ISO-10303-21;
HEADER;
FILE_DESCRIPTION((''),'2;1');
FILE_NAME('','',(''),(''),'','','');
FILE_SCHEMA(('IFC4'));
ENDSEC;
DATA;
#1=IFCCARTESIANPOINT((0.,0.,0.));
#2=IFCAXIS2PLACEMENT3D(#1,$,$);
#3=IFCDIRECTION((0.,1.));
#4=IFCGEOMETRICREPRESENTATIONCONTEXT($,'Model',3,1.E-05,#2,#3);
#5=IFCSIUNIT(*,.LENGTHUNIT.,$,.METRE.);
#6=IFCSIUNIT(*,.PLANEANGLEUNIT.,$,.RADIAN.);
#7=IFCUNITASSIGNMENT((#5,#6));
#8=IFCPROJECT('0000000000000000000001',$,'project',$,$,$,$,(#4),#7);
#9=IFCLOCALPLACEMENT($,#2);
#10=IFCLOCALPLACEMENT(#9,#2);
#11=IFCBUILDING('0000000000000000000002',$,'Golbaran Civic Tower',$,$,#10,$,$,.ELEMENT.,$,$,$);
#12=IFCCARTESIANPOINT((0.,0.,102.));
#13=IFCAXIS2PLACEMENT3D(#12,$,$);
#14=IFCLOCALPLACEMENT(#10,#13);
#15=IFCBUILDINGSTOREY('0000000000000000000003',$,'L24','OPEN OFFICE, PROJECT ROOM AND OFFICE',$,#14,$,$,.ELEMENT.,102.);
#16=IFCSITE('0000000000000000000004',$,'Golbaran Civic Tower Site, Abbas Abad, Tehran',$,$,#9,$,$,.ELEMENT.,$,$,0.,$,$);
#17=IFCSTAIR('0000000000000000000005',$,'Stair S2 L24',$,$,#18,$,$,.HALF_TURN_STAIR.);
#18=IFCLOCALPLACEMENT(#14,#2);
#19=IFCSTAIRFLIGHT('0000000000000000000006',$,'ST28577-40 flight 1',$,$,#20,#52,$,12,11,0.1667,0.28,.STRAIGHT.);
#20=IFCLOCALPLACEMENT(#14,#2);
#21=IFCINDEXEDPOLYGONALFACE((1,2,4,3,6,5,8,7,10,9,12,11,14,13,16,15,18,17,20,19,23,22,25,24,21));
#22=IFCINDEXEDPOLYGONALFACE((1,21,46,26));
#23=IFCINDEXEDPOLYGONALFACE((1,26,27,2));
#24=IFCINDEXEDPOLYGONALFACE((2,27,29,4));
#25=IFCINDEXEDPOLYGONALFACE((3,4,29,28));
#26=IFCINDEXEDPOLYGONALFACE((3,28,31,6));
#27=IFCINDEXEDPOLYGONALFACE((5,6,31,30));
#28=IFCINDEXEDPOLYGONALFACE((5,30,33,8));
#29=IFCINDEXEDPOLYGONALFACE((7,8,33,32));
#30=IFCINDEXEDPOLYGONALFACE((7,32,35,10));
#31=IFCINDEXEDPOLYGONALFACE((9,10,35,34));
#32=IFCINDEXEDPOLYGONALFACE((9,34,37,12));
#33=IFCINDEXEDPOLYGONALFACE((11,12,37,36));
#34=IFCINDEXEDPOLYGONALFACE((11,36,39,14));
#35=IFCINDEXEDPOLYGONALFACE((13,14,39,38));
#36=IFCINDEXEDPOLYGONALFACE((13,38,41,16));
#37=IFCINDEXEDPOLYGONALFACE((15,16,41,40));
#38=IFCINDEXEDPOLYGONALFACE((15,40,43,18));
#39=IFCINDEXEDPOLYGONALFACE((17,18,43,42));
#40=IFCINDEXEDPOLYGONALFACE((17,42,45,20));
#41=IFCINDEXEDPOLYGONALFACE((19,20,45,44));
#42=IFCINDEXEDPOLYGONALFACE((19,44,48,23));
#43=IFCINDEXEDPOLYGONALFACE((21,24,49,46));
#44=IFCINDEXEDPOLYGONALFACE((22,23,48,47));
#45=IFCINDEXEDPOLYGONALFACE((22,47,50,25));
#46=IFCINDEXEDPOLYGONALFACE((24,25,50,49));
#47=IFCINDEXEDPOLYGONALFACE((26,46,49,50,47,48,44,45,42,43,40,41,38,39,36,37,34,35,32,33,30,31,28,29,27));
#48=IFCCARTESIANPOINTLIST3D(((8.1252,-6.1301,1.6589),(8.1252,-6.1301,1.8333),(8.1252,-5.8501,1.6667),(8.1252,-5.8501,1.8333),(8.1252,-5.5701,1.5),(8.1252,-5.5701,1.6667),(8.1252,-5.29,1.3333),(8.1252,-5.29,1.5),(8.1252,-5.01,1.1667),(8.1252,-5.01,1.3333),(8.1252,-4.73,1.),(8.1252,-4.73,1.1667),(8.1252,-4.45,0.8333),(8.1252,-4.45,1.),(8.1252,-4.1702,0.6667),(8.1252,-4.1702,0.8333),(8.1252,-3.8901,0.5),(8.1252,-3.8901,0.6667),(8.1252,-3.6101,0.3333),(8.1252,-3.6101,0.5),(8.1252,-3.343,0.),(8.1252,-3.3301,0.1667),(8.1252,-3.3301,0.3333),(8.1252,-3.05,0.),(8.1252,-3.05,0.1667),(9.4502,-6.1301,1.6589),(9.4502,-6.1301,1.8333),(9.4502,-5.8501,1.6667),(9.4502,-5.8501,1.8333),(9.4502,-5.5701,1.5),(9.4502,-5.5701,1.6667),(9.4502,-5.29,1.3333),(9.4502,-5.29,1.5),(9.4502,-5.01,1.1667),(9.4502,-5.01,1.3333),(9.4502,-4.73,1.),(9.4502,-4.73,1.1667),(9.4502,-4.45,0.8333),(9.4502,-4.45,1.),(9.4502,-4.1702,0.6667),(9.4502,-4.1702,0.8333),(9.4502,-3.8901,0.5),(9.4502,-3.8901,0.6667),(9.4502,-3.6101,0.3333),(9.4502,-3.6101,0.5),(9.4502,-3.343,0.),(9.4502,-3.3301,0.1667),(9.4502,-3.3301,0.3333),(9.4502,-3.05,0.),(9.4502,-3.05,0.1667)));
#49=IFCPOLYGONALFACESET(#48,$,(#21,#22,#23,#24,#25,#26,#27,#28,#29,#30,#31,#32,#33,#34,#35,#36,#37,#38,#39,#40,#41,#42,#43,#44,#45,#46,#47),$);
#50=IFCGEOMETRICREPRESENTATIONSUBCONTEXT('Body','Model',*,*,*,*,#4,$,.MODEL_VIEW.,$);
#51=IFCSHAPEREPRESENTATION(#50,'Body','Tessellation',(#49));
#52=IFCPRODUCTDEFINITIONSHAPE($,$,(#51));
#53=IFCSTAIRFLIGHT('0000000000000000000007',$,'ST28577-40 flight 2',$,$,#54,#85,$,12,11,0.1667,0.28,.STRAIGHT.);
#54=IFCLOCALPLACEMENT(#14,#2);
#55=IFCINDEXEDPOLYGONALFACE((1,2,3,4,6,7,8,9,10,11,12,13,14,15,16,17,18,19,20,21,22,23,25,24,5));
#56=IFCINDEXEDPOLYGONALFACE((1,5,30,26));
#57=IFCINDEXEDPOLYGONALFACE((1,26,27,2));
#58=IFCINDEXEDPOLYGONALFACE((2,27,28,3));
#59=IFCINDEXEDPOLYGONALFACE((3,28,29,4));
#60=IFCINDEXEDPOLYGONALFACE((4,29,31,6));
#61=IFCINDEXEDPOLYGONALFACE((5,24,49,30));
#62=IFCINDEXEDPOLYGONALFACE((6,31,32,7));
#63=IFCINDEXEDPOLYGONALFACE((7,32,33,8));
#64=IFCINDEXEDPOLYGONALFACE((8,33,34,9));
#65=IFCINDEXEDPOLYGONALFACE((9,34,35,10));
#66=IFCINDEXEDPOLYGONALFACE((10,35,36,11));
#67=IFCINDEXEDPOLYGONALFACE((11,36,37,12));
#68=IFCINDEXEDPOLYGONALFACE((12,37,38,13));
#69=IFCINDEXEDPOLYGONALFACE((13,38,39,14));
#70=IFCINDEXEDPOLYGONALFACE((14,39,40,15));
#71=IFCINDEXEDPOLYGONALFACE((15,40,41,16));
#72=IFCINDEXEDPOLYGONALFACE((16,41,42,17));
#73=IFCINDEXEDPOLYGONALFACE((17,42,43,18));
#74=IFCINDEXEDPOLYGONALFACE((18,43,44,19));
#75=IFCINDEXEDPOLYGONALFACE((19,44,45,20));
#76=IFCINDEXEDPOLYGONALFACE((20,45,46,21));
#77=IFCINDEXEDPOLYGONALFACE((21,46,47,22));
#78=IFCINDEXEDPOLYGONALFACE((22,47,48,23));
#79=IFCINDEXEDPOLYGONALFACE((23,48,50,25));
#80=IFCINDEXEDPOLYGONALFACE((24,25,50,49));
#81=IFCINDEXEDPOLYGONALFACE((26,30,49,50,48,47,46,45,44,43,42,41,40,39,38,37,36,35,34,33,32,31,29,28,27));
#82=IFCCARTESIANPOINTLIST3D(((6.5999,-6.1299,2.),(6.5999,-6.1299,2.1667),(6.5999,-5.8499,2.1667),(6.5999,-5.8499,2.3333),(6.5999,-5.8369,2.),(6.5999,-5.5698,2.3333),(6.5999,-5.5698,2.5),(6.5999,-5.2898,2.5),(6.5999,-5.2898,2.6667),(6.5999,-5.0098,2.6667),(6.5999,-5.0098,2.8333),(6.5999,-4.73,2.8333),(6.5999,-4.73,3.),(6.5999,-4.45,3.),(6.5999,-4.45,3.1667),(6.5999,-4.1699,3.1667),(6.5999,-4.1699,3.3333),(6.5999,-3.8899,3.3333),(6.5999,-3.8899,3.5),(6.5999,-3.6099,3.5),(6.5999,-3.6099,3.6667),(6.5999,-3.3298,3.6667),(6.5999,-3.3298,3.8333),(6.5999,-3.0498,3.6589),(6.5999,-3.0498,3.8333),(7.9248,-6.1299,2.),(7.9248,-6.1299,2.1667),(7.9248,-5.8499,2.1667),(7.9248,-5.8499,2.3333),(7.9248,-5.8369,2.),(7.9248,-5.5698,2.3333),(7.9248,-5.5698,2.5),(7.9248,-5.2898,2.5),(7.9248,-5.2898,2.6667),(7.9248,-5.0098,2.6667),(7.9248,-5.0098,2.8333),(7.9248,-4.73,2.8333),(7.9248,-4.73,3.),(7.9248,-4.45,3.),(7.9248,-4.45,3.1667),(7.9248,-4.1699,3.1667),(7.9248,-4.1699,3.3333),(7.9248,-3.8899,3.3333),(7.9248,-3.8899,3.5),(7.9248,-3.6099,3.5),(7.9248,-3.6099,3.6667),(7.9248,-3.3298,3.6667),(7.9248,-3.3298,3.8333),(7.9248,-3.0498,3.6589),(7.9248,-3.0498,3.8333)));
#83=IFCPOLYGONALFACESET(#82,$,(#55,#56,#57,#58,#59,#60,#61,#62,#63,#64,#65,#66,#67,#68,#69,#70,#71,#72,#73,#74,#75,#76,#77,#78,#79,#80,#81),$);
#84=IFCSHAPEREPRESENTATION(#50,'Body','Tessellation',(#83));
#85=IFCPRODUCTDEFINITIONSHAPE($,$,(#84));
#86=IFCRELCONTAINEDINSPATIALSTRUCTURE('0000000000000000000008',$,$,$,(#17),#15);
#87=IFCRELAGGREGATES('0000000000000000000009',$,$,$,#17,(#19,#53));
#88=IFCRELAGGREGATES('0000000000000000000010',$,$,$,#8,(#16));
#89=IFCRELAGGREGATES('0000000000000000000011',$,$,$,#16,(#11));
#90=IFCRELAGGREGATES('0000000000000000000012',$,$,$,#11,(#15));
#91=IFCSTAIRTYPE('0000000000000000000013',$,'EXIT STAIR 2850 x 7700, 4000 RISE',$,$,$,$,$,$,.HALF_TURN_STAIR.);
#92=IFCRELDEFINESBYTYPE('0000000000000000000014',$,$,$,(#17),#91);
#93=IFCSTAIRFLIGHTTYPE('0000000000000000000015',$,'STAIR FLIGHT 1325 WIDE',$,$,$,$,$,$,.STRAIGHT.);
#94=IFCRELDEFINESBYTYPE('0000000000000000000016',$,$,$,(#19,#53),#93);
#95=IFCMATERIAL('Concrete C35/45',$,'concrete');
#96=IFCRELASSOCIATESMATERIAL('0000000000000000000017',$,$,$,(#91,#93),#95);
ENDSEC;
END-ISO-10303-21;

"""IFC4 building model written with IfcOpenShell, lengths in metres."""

from ifc_helpers import new_model, si_unit, direction, frame, origin, place, context, subcontext, project, spatial, polyline, outline, extrude, material, type_object, element, aggregate, save


model = new_model("IFC4")

# Units and contexts
model_context = context("Model", 3, precision=1e-05, world=origin(), true_north=direction((0.0, 1.0)))
body_context = subcontext(model_context, "Body", "Model", "MODEL_VIEW")
ifc_project = project(units=[si_unit("LENGTHUNIT", "METRE"), si_unit("PLANEANGLEUNIT", "RADIAN")], contexts=[model_context])

# Site, building, storey
site_placement = place(None, origin())
site = spatial("IfcSite", under=ifc_project, at=site_placement, Name="Golbaran Civic Tower Site, Abbas Abad, Tehran", CompositionType="ELEMENT", RefElevation=0.0)
building_placement = place(site_placement, origin())
building = spatial("IfcBuilding", under=site, at=building_placement, Name="Golbaran Civic Tower", CompositionType="ELEMENT")
storey_placement = place(building_placement, frame((0.0, 0.0, 102.0)))
storey = spatial("IfcBuildingStorey", under=building, at=storey_placement, Name="L24", Description="OPEN OFFICE, PROJECT ROOM AND OFFICE", CompositionType="ELEMENT", Elevation=102.0)

# Shared definitions
ifc_material_1 = material(Name="Concrete C35/45", Category="concrete")
stair_type = type_object("IfcStairType", Name="EXIT STAIR 2850 x 7700, 4000 RISE", PredefinedType="HALF_TURN_STAIR", material=ifc_material_1)

# Stair
stair_1_placement = place(storey_placement, origin())
stair_1 = element("IfcStair", 1, at=stair_1_placement, inside=storey, type_object=stair_type, Name="Stair S2 L24", PredefinedType="HALF_TURN_STAIR")

# Stair flights
stair_flight_type = type_object("IfcStairFlightType", Name="STAIR FLIGHT 1325 WIDE", PredefinedType="STRAIGHT", material=ifc_material_1)
stair_flight_1_placement = place(storey_placement, frame((8.7876, -3.05, 0.0), z_axis=(0.0, 0.0, 1.0), x_axis=(0.0, -1.0, 0.0)))
stair_flight_1 = element("IfcStairFlight", 2, at=stair_flight_1_placement, type_object=stair_flight_type, Name="ST28577-40 flight 1", NumberOfRisers=12, NumberOfTreads=11, PredefinedType="STRAIGHT", RiserHeight=0.1667, TreadLength=0.28, context=body_context, shape_type="SweptSolid", body=[
    extrude(outline(polyline([(0.0, 0.0), (0.0, 0.1667), (0.28, 0.1667), (0.28, 0.3333), (0.5601, 0.3333), (0.5601, 0.5), (0.8401, 0.5), (0.8401, 0.6667), (1.1201, 0.6667), (1.1201, 0.8333), (1.3999, 0.8333), (1.3999, 1.0), (1.6799, 1.0), (1.6799, 1.1667), (1.96, 1.1667), (1.96, 1.3333), (2.24, 1.3333), (2.24, 1.5), (2.52, 1.5), (2.52, 1.6667), (2.8, 1.6667), (2.8, 1.8333), (3.0801, 1.8333), (3.0801, 2.0), (3.0801, 1.6589), (0.293, 0.0), (0.0, 0.0)])), frame((0.0, 0.6626, 0.0), z_axis=(0.0, -1.0, 0.0), x_axis=(1.0, 0.0, 0.0)), (0.0, 0.0, 1.0), 1.325),
])
stair_flight_2_placement = place(storey_placement, frame((7.2625, -6.1299, 2.0), z_axis=(0.0, 0.0, 1.0), x_axis=(0.0, 1.0, 0.0)))
stair_flight_2 = element("IfcStairFlight", 3, at=stair_flight_2_placement, type_object=stair_flight_type, Name="ST28577-40 flight 2", NumberOfRisers=12, NumberOfTreads=11, PredefinedType="STRAIGHT", RiserHeight=0.1667, TreadLength=0.28, context=body_context, shape_type="SweptSolid", body=[
    extrude(outline(polyline([(0.0, 0.0), (0.0, 0.1667), (0.28, 0.1667), (0.28, 0.3333), (0.5601, 0.3333), (0.5601, 0.5), (0.8401, 0.5), (0.8401, 0.6667), (1.1201, 0.6667), (1.1201, 0.8333), (1.3999, 0.8333), (1.3999, 1.0), (1.6799, 1.0), (1.6799, 1.1667), (1.96, 1.1667), (1.96, 1.3333), (2.24, 1.3333), (2.24, 1.5), (2.52, 1.5), (2.52, 1.6667), (2.8, 1.6667), (2.8, 1.8333), (3.0801, 1.8333), (3.0801, 2.0), (3.0801, 1.6589), (0.293, 0.0), (0.0, 0.0)])), frame((0.0, 0.6626, 0.0), z_axis=(0.0, -1.0, 0.0), x_axis=(1.0, 0.0, 0.0)), (0.0, 0.0, 1.0), 1.325),
])
aggregate(stair_1, [stair_flight_1, stair_flight_2])

save(model, "model.ifc")
